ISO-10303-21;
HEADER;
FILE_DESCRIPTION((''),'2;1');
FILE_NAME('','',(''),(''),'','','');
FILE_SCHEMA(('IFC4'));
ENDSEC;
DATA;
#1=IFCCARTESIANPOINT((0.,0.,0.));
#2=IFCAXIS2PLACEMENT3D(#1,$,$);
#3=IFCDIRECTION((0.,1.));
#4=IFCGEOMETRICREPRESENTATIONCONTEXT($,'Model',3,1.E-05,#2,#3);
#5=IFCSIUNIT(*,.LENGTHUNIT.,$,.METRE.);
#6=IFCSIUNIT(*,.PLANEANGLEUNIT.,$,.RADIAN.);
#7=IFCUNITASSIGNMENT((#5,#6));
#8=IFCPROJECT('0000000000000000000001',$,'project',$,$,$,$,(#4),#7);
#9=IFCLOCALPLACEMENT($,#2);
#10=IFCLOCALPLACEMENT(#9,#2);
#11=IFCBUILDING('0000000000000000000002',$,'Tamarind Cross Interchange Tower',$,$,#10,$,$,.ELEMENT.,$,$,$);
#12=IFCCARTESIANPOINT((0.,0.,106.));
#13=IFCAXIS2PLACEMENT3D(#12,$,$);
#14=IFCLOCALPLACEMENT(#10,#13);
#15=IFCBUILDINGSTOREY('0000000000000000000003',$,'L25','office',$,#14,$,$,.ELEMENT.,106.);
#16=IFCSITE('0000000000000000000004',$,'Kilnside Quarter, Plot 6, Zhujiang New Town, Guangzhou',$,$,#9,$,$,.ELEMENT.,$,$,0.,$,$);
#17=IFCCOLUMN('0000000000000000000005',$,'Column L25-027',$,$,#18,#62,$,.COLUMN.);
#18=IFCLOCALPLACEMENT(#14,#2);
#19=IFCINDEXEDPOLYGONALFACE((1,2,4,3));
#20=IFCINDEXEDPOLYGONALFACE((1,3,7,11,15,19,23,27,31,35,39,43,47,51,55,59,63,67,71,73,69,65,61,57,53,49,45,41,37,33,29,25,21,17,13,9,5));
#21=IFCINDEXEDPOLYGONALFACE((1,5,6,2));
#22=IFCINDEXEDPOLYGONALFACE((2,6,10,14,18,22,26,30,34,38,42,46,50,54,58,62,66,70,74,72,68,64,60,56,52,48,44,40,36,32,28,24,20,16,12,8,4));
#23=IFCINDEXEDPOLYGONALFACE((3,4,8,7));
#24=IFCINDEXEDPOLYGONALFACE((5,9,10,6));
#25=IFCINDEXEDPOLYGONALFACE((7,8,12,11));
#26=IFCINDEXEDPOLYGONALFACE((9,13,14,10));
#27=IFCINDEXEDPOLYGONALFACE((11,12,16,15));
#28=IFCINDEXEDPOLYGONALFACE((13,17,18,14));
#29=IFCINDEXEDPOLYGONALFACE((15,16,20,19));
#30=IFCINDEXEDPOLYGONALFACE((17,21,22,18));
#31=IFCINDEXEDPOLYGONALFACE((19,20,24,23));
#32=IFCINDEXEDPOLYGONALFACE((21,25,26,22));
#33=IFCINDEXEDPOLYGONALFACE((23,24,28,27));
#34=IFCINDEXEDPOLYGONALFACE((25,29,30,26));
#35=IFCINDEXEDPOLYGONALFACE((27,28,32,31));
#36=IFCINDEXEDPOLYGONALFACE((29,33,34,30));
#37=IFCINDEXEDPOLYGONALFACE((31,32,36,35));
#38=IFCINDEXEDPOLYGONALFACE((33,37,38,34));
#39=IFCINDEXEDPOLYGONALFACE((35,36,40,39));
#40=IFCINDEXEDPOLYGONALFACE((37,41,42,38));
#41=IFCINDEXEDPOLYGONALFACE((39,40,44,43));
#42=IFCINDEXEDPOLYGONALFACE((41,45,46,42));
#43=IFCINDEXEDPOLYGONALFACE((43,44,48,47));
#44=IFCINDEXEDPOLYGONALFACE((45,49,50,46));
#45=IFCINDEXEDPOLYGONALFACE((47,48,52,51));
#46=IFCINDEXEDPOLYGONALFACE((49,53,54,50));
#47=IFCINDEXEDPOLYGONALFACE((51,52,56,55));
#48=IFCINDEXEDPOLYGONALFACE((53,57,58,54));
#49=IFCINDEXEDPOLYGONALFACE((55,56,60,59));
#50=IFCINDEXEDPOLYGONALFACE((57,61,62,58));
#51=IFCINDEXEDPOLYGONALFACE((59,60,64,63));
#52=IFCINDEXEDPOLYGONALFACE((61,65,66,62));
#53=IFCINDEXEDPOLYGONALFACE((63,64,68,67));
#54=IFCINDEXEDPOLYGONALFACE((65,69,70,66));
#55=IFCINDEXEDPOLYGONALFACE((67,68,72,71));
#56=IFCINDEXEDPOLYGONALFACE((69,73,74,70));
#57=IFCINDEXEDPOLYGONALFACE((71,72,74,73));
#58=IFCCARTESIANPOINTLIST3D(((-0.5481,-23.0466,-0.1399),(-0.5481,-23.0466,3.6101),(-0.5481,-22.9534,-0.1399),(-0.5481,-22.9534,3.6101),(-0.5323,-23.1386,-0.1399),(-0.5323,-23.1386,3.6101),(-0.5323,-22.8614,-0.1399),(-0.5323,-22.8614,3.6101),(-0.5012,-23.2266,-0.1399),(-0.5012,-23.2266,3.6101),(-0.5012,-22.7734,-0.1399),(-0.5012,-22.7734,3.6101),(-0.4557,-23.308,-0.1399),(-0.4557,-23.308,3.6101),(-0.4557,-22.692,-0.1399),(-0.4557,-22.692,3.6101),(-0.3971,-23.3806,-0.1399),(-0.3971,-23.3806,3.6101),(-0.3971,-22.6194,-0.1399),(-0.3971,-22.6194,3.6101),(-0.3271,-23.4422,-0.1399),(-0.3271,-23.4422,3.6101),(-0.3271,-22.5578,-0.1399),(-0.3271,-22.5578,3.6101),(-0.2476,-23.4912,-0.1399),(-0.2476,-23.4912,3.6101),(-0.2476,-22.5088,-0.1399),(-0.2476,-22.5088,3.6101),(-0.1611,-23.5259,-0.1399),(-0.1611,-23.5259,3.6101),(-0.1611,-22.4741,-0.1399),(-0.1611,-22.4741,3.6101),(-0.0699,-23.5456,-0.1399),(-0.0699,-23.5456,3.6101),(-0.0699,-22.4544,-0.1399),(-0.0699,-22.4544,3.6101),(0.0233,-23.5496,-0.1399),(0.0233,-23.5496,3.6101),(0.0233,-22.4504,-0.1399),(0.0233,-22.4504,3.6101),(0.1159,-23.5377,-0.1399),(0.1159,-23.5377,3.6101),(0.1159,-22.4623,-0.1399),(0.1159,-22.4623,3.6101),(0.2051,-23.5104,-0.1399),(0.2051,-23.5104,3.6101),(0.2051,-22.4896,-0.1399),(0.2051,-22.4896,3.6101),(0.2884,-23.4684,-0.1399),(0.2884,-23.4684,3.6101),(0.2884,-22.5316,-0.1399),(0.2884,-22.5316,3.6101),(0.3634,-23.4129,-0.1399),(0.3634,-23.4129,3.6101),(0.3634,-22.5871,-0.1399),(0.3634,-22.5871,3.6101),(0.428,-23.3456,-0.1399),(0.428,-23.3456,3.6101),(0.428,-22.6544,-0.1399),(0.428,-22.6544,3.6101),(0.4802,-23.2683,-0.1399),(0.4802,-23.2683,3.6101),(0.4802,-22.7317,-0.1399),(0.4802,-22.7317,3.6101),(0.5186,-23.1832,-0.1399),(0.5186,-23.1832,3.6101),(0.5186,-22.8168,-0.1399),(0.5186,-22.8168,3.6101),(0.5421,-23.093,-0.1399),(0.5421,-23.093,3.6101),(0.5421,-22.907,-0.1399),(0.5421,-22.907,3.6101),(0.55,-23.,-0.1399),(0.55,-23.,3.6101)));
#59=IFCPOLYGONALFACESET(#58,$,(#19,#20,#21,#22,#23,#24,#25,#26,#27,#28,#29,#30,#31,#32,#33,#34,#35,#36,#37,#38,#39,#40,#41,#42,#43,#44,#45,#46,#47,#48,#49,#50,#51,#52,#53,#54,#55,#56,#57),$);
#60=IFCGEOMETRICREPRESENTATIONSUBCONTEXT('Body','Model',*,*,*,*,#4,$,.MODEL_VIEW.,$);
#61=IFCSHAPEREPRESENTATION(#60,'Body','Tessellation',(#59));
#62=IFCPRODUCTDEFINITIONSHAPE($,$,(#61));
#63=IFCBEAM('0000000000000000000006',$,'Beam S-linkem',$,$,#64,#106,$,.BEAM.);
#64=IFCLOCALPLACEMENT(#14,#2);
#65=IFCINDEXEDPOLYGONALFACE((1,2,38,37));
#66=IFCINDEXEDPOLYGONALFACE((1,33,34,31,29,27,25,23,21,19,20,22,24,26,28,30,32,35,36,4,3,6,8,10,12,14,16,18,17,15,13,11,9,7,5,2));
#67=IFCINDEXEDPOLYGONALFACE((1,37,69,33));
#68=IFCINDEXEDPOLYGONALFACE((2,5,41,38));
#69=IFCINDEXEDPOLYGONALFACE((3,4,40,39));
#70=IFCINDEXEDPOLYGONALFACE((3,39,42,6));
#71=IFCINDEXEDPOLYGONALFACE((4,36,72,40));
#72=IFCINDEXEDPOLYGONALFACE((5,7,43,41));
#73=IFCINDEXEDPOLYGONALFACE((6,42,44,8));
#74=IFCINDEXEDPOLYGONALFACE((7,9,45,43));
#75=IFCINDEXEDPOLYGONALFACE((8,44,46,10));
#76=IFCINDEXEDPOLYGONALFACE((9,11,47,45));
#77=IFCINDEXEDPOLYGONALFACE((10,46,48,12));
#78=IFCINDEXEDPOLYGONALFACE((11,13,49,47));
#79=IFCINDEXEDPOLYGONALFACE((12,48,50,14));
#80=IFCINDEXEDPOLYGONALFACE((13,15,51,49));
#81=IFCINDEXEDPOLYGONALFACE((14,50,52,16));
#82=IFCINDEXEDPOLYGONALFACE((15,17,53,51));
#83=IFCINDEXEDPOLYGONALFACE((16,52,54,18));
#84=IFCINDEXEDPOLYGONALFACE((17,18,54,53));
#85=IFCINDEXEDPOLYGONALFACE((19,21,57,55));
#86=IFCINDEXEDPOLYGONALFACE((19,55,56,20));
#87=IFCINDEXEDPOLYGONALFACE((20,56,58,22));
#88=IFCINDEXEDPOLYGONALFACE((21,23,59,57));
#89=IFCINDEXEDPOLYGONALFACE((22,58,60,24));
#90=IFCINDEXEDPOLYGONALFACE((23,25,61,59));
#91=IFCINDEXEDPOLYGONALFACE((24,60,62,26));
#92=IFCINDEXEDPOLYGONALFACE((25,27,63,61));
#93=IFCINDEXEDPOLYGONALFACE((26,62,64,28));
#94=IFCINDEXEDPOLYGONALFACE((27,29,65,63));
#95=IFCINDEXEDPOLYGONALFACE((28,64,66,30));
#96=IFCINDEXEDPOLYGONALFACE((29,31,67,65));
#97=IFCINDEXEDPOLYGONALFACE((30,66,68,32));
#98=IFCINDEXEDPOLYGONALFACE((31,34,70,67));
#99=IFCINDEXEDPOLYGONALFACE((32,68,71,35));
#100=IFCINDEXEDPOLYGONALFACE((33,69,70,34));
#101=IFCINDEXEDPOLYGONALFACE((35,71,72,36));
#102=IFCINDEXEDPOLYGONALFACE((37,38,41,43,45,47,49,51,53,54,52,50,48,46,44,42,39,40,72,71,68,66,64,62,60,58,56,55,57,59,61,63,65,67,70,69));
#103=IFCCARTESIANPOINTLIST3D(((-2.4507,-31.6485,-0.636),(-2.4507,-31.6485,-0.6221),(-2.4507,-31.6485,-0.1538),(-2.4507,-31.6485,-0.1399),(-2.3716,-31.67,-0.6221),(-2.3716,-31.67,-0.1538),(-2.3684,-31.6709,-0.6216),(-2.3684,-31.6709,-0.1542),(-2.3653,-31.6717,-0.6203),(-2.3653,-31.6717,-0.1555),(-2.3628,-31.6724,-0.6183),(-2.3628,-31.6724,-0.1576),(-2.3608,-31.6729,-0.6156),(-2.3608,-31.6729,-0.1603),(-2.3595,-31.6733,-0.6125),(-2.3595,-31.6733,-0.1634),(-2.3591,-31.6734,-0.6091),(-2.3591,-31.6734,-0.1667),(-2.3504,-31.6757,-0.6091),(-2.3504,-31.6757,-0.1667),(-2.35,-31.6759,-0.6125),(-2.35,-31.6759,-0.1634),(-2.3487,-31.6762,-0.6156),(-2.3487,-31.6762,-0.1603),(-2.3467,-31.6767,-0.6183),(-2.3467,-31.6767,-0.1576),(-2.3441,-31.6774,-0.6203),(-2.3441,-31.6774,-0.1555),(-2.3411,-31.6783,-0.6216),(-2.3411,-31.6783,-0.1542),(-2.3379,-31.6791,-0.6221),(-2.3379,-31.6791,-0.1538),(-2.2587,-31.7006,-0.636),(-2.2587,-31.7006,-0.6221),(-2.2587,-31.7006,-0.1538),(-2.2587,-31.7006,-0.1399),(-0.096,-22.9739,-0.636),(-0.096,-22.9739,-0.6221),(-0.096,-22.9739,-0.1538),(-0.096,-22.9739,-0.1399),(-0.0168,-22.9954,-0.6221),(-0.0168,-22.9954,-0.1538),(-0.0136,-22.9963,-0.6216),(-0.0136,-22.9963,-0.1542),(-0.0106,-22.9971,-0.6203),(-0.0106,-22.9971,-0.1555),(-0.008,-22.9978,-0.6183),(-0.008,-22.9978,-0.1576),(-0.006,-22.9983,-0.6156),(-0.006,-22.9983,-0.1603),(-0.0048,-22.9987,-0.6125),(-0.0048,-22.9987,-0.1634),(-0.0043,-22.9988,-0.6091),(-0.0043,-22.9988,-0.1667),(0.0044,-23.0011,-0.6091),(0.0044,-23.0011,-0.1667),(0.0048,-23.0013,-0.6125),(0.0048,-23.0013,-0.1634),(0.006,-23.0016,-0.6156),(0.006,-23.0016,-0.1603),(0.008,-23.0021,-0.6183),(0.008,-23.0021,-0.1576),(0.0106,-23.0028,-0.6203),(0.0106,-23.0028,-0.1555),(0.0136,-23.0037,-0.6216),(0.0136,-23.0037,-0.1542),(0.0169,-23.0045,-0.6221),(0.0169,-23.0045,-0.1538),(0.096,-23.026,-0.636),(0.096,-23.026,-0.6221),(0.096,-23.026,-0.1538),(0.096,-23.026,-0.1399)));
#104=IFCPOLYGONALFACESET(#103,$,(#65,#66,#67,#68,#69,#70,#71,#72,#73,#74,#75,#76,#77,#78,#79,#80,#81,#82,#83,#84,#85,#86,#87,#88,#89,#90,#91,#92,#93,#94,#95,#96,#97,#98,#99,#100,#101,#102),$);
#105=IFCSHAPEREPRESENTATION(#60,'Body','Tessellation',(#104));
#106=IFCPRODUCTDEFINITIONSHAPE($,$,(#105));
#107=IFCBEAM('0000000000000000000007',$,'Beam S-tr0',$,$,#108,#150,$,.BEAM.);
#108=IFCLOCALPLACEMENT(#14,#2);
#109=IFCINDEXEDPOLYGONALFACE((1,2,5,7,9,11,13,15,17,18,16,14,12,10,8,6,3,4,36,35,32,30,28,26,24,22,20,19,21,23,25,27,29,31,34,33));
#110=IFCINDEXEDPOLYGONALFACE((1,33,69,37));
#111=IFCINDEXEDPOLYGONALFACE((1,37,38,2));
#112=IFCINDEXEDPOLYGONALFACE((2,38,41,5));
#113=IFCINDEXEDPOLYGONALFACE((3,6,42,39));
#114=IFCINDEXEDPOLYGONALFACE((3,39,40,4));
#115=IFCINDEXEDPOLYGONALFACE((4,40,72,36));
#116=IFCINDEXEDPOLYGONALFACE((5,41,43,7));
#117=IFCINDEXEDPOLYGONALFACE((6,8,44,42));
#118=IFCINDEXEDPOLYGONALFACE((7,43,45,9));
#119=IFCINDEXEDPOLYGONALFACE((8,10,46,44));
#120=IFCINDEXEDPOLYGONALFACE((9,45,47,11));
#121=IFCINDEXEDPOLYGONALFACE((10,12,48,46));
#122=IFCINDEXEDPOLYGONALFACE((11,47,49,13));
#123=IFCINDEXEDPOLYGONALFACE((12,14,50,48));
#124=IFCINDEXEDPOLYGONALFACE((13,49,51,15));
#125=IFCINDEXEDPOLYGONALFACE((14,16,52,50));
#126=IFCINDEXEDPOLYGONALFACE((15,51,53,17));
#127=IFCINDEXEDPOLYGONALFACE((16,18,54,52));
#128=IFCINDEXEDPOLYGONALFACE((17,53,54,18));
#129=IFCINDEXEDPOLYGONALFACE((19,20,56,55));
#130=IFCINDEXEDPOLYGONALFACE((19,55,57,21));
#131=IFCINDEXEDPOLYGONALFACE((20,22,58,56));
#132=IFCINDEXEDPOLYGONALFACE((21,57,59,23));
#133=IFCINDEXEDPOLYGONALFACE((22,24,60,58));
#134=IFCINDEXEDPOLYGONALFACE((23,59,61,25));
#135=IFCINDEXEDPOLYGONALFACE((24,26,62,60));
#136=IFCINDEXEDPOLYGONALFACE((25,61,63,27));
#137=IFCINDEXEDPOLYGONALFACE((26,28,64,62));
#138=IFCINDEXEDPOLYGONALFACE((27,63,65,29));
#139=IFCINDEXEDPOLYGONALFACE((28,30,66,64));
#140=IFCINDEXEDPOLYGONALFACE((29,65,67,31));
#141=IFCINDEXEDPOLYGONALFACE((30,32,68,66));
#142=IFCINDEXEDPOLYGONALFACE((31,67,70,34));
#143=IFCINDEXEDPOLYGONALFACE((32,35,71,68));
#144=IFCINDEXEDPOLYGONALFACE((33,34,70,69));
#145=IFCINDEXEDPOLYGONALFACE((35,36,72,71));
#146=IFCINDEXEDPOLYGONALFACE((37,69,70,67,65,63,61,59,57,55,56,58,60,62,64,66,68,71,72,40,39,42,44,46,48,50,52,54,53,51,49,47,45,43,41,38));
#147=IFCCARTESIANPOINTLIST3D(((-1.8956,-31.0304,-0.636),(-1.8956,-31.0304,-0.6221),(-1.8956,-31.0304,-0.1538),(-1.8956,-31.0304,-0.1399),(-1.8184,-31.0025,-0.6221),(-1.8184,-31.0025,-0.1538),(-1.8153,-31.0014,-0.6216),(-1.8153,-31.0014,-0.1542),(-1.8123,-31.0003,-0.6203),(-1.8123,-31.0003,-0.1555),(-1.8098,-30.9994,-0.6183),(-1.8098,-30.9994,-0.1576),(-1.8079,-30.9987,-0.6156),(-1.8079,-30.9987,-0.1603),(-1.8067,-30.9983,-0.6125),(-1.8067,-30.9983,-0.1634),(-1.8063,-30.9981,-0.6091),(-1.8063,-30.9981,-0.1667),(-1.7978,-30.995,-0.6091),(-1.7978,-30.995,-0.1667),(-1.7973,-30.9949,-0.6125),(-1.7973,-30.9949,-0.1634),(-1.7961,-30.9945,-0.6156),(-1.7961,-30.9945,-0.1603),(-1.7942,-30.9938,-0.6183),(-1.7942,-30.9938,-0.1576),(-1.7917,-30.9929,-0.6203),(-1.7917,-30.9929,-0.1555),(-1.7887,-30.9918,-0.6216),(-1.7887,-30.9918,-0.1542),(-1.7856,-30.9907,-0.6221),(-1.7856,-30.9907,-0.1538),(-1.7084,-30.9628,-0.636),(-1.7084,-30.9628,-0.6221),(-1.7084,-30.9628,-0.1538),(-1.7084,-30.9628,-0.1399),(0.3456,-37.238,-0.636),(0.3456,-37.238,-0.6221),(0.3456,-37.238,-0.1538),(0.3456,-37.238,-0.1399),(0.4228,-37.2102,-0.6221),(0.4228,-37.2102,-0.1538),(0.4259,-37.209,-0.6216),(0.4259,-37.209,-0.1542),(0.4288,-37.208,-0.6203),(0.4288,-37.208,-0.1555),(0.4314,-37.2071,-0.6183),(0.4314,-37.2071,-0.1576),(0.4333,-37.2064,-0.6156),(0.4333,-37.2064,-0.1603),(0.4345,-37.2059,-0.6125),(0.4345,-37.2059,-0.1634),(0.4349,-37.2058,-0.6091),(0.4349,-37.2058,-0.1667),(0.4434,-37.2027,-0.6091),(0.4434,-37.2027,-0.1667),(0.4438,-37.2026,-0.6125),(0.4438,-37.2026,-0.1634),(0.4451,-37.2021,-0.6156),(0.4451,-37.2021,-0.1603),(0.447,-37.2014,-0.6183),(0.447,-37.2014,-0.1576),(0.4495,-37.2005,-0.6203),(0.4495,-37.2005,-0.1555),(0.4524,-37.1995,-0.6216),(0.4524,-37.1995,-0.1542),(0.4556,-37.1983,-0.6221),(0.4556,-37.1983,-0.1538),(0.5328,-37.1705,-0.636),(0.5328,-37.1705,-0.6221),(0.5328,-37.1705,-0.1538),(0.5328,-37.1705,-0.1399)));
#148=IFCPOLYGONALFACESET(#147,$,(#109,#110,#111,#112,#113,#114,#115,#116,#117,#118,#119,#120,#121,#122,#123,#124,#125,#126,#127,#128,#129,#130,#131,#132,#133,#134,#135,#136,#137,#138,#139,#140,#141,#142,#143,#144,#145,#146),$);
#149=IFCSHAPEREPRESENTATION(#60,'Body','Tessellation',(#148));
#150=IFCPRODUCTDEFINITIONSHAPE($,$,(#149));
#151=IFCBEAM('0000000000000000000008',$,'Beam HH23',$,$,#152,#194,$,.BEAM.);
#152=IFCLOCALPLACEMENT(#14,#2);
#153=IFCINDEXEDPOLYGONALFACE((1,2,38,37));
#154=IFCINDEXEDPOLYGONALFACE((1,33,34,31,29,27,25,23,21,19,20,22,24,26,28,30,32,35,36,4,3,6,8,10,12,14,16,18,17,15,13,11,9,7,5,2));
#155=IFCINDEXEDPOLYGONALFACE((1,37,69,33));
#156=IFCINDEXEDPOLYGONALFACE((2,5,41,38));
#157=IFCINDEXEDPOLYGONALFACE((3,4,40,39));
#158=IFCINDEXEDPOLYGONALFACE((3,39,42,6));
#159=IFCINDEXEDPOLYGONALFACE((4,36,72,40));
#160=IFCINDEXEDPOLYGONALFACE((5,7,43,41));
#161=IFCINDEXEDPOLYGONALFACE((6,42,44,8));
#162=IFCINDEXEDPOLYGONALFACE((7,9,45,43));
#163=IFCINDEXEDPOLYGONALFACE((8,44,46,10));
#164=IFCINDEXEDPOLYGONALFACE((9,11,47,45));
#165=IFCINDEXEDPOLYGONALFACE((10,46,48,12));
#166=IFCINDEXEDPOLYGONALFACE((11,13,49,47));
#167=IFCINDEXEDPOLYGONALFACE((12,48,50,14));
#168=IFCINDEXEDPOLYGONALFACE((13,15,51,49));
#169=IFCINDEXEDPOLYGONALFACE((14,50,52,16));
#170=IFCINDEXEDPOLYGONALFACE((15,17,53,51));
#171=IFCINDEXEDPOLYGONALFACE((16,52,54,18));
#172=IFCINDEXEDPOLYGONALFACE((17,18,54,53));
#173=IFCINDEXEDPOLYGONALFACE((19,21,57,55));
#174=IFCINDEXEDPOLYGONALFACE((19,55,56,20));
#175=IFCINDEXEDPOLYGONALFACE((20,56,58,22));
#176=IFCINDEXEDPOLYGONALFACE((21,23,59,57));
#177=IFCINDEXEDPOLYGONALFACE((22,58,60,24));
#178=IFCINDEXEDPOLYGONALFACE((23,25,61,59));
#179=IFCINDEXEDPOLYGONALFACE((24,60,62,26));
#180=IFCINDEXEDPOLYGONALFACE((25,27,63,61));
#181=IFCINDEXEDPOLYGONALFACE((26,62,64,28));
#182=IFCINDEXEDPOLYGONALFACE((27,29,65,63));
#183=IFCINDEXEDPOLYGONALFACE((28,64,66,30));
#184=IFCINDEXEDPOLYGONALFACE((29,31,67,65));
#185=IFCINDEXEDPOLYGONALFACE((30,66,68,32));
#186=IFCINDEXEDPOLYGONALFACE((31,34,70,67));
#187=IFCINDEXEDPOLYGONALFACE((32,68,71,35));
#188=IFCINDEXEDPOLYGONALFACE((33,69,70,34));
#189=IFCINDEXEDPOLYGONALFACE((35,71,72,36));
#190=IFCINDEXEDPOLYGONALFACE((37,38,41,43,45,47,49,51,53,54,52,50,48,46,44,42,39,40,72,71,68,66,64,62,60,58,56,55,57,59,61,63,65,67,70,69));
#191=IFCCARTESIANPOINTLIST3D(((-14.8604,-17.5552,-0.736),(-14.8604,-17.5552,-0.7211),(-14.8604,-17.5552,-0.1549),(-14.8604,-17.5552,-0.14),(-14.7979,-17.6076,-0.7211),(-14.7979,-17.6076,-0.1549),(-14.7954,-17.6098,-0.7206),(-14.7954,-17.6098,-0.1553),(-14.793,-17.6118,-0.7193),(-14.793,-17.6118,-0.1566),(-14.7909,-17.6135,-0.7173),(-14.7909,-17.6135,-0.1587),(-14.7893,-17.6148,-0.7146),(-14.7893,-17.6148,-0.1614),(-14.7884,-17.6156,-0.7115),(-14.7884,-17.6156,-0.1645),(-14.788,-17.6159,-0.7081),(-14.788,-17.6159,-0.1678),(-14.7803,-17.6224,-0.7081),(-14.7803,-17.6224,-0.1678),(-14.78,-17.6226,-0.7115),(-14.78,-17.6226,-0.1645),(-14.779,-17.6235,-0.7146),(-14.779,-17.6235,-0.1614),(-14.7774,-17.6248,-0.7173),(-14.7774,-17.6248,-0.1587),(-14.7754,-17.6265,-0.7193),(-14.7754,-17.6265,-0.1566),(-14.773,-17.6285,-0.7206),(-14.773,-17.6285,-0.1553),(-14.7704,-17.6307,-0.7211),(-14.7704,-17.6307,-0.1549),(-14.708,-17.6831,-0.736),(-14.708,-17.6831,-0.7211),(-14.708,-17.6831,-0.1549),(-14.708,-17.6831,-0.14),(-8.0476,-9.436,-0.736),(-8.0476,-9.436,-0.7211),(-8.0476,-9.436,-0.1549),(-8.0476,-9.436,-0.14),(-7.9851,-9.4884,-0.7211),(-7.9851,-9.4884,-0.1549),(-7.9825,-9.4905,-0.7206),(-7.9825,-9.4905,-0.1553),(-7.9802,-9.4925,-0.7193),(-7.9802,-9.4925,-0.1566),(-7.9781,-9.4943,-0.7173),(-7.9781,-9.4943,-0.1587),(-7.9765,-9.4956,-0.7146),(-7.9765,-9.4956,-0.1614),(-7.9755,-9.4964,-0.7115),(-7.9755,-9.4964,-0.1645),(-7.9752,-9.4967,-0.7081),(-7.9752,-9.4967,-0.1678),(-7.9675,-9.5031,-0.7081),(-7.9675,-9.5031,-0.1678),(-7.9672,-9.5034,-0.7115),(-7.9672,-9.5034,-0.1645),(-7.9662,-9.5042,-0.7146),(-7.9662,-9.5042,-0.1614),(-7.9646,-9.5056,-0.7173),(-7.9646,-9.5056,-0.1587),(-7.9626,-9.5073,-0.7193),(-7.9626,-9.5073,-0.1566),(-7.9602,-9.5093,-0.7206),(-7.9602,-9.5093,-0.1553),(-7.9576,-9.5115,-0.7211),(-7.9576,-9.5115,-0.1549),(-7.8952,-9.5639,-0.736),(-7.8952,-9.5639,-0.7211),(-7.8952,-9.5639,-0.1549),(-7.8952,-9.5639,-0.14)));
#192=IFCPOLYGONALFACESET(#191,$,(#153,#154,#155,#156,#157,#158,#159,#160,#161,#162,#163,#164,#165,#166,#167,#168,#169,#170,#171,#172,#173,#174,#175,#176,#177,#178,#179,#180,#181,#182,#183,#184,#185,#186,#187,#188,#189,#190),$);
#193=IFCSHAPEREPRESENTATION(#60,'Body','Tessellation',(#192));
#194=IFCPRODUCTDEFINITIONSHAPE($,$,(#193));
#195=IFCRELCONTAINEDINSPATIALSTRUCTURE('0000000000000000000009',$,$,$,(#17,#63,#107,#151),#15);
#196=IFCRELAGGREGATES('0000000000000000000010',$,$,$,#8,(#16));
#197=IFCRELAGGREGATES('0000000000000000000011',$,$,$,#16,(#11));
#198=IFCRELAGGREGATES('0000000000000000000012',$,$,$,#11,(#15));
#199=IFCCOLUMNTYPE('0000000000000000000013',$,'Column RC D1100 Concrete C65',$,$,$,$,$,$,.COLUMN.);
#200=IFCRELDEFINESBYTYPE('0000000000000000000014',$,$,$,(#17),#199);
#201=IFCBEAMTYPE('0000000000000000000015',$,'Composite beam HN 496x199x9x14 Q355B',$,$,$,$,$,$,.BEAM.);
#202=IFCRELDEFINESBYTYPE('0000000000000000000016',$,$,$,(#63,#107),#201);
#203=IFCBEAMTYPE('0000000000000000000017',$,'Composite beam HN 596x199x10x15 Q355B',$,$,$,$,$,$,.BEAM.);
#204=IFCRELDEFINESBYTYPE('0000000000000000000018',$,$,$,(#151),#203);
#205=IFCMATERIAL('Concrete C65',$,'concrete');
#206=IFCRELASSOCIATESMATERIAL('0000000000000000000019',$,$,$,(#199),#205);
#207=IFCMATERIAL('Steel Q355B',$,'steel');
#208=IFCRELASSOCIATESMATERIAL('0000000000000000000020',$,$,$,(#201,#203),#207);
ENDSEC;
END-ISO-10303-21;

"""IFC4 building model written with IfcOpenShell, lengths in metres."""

from ifc_helpers import new_model, si_unit, direction, frame, origin, origin_2d, place, context, subcontext, project, spatial, circle, i_section, extrude, material, material_profile, profile_set, type_object, element, save


model = new_model("IFC4")

# Units and contexts
model_context = context("Model", 3, precision=1e-05, world=origin(), true_north=direction((0.0, 1.0)))
body_context = subcontext(model_context, "Body", "Model", "MODEL_VIEW")
ifc_project = project(units=[si_unit("LENGTHUNIT", "METRE"), si_unit("PLANEANGLEUNIT", "RADIAN")], contexts=[model_context])

# Site, building, storey
site_placement = place(None, origin())
site = spatial("IfcSite", under=ifc_project, at=site_placement, Name="Kilnside Quarter, Plot 6, Zhujiang New Town, Guangzhou", CompositionType="ELEMENT", RefElevation=0.0)
building_placement = place(site_placement, origin())
building = spatial("IfcBuilding", under=site, at=building_placement, Name="Tamarind Cross Interchange Tower", CompositionType="ELEMENT")
storey_placement = place(building_placement, frame((0.0, 0.0, 106.0)))
storey = spatial("IfcBuildingStorey", under=building, at=storey_placement, Name="L25", Description="office", CompositionType="ELEMENT", Elevation=106.0)

# Column
ifc_material_1 = material(Name="Concrete C65", Category="concrete")
ifc_material_profile_1 = material_profile(ifc_material_1, circle(Radius=0.55, at=origin_2d()), Name="RC D1100")
ifc_profile_set_1 = profile_set([ifc_material_profile_1], Name="Concrete C65")
column_type_1 = type_object("IfcColumnType", Name="Column RC D1100 Concrete C65", PredefinedType="COLUMN", material=ifc_profile_set_1)
for number, where, z_axis, x_axis, name in (
    (1, (0.0, -23.0, -0.1399), (0.0, 0.0, 1.0), (1.0, 0.0, 0.0), "Column L25-027"),
):
    element("IfcColumn", number, at=place(storey_placement, frame(where, z_axis=z_axis, x_axis=x_axis)), inside=storey, type_object=column_type_1, Name=name, PredefinedType="COLUMN", context=body_context, shape_type="SweptSolid", body=[
        extrude(circle(Radius=0.55, at=origin_2d()), origin(), (0.0, 0.0, 1.0), 3.75),
    ])

# Beams
ifc_material_2 = material(Name="Steel Q355B", Category="steel")
ifc_material_profile_2 = material_profile(ifc_material_2, i_section(OverallWidth=0.199, OverallDepth=0.4961, WebThickness=0.009, FlangeThickness=0.0139, FilletRadius=0.0129, at=origin_2d()), Name="HN 496x199x9x14")
ifc_profile_set_2 = profile_set([ifc_material_profile_2], Name="Steel Q355B")
beam_type_1 = type_object("IfcBeamType", Name="Composite beam HN 496x199x9x14 Q355B", PredefinedType="BEAM", material=ifc_profile_set_2)
beam_1_placement = place(storey_placement, frame((-2.3547, -31.6746, -0.3879), z_axis=(0.261973, 0.965075, 0.0), x_axis=(-0.965075, 0.261973, 0.0)))
element("IfcBeam", 2, at=beam_1_placement, inside=storey, type_object=beam_type_1, Name="Beam S-linkem", PredefinedType="BEAM", context=body_context, shape_type="SweptSolid", body=[
    extrude(i_section(OverallWidth=0.199, OverallDepth=0.4961, WebThickness=0.009, FlangeThickness=0.0139, FilletRadius=0.0129, at=origin_2d()), origin(), (0.0, 0.0, 1.0), 8.9885),
])
beam_2_placement = place(storey_placement, frame((-1.802, -30.9966, -0.3879), z_axis=(0.33958, -0.940577, 0.0), x_axis=(0.940577, 0.33958, 0.0)))
element("IfcBeam", 3, at=beam_2_placement, inside=storey, type_object=beam_type_1, Name="Beam S-tr0", PredefinedType="BEAM", context=body_context, shape_type="SweptSolid", body=[
    extrude(i_section(OverallWidth=0.199, OverallDepth=0.4961, WebThickness=0.009, FlangeThickness=0.0139, FilletRadius=0.0129, at=origin_2d()), origin(), (0.0, 0.0, 1.0), 6.5999),
])
ifc_material_profile_3 = material_profile(ifc_material_2, i_section(OverallWidth=0.199, OverallDepth=0.5959, WebThickness=0.01, FlangeThickness=0.0149, FilletRadius=0.0129, at=origin_2d()), Name="HN 596x199x10x15")
ifc_profile_set_3 = profile_set([ifc_material_profile_3], Name="Steel Q355B")
beam_type_2 = type_object("IfcBeamType", Name="Composite beam HN 596x199x10x15 Q355B", PredefinedType="BEAM", material=ifc_profile_set_3)
beam_3_placement = place(storey_placement, frame((-14.7842, -17.6191, -0.438), z_axis=(0.642786, 0.766046, 0.0), x_axis=(-0.766046, 0.642786, 0.0)))
element("IfcBeam", 4, at=beam_3_placement, inside=storey, type_object=beam_type_2, Name="Beam HH23", PredefinedType="BEAM", context=body_context, shape_type="SweptSolid", body=[
    extrude(i_section(OverallWidth=0.199, OverallDepth=0.5959, WebThickness=0.01, FlangeThickness=0.0149, FilletRadius=0.0129, at=origin_2d()), origin(), (0.0, 0.0, 1.0), 10.5989),
])

save(model, "model.ifc")
